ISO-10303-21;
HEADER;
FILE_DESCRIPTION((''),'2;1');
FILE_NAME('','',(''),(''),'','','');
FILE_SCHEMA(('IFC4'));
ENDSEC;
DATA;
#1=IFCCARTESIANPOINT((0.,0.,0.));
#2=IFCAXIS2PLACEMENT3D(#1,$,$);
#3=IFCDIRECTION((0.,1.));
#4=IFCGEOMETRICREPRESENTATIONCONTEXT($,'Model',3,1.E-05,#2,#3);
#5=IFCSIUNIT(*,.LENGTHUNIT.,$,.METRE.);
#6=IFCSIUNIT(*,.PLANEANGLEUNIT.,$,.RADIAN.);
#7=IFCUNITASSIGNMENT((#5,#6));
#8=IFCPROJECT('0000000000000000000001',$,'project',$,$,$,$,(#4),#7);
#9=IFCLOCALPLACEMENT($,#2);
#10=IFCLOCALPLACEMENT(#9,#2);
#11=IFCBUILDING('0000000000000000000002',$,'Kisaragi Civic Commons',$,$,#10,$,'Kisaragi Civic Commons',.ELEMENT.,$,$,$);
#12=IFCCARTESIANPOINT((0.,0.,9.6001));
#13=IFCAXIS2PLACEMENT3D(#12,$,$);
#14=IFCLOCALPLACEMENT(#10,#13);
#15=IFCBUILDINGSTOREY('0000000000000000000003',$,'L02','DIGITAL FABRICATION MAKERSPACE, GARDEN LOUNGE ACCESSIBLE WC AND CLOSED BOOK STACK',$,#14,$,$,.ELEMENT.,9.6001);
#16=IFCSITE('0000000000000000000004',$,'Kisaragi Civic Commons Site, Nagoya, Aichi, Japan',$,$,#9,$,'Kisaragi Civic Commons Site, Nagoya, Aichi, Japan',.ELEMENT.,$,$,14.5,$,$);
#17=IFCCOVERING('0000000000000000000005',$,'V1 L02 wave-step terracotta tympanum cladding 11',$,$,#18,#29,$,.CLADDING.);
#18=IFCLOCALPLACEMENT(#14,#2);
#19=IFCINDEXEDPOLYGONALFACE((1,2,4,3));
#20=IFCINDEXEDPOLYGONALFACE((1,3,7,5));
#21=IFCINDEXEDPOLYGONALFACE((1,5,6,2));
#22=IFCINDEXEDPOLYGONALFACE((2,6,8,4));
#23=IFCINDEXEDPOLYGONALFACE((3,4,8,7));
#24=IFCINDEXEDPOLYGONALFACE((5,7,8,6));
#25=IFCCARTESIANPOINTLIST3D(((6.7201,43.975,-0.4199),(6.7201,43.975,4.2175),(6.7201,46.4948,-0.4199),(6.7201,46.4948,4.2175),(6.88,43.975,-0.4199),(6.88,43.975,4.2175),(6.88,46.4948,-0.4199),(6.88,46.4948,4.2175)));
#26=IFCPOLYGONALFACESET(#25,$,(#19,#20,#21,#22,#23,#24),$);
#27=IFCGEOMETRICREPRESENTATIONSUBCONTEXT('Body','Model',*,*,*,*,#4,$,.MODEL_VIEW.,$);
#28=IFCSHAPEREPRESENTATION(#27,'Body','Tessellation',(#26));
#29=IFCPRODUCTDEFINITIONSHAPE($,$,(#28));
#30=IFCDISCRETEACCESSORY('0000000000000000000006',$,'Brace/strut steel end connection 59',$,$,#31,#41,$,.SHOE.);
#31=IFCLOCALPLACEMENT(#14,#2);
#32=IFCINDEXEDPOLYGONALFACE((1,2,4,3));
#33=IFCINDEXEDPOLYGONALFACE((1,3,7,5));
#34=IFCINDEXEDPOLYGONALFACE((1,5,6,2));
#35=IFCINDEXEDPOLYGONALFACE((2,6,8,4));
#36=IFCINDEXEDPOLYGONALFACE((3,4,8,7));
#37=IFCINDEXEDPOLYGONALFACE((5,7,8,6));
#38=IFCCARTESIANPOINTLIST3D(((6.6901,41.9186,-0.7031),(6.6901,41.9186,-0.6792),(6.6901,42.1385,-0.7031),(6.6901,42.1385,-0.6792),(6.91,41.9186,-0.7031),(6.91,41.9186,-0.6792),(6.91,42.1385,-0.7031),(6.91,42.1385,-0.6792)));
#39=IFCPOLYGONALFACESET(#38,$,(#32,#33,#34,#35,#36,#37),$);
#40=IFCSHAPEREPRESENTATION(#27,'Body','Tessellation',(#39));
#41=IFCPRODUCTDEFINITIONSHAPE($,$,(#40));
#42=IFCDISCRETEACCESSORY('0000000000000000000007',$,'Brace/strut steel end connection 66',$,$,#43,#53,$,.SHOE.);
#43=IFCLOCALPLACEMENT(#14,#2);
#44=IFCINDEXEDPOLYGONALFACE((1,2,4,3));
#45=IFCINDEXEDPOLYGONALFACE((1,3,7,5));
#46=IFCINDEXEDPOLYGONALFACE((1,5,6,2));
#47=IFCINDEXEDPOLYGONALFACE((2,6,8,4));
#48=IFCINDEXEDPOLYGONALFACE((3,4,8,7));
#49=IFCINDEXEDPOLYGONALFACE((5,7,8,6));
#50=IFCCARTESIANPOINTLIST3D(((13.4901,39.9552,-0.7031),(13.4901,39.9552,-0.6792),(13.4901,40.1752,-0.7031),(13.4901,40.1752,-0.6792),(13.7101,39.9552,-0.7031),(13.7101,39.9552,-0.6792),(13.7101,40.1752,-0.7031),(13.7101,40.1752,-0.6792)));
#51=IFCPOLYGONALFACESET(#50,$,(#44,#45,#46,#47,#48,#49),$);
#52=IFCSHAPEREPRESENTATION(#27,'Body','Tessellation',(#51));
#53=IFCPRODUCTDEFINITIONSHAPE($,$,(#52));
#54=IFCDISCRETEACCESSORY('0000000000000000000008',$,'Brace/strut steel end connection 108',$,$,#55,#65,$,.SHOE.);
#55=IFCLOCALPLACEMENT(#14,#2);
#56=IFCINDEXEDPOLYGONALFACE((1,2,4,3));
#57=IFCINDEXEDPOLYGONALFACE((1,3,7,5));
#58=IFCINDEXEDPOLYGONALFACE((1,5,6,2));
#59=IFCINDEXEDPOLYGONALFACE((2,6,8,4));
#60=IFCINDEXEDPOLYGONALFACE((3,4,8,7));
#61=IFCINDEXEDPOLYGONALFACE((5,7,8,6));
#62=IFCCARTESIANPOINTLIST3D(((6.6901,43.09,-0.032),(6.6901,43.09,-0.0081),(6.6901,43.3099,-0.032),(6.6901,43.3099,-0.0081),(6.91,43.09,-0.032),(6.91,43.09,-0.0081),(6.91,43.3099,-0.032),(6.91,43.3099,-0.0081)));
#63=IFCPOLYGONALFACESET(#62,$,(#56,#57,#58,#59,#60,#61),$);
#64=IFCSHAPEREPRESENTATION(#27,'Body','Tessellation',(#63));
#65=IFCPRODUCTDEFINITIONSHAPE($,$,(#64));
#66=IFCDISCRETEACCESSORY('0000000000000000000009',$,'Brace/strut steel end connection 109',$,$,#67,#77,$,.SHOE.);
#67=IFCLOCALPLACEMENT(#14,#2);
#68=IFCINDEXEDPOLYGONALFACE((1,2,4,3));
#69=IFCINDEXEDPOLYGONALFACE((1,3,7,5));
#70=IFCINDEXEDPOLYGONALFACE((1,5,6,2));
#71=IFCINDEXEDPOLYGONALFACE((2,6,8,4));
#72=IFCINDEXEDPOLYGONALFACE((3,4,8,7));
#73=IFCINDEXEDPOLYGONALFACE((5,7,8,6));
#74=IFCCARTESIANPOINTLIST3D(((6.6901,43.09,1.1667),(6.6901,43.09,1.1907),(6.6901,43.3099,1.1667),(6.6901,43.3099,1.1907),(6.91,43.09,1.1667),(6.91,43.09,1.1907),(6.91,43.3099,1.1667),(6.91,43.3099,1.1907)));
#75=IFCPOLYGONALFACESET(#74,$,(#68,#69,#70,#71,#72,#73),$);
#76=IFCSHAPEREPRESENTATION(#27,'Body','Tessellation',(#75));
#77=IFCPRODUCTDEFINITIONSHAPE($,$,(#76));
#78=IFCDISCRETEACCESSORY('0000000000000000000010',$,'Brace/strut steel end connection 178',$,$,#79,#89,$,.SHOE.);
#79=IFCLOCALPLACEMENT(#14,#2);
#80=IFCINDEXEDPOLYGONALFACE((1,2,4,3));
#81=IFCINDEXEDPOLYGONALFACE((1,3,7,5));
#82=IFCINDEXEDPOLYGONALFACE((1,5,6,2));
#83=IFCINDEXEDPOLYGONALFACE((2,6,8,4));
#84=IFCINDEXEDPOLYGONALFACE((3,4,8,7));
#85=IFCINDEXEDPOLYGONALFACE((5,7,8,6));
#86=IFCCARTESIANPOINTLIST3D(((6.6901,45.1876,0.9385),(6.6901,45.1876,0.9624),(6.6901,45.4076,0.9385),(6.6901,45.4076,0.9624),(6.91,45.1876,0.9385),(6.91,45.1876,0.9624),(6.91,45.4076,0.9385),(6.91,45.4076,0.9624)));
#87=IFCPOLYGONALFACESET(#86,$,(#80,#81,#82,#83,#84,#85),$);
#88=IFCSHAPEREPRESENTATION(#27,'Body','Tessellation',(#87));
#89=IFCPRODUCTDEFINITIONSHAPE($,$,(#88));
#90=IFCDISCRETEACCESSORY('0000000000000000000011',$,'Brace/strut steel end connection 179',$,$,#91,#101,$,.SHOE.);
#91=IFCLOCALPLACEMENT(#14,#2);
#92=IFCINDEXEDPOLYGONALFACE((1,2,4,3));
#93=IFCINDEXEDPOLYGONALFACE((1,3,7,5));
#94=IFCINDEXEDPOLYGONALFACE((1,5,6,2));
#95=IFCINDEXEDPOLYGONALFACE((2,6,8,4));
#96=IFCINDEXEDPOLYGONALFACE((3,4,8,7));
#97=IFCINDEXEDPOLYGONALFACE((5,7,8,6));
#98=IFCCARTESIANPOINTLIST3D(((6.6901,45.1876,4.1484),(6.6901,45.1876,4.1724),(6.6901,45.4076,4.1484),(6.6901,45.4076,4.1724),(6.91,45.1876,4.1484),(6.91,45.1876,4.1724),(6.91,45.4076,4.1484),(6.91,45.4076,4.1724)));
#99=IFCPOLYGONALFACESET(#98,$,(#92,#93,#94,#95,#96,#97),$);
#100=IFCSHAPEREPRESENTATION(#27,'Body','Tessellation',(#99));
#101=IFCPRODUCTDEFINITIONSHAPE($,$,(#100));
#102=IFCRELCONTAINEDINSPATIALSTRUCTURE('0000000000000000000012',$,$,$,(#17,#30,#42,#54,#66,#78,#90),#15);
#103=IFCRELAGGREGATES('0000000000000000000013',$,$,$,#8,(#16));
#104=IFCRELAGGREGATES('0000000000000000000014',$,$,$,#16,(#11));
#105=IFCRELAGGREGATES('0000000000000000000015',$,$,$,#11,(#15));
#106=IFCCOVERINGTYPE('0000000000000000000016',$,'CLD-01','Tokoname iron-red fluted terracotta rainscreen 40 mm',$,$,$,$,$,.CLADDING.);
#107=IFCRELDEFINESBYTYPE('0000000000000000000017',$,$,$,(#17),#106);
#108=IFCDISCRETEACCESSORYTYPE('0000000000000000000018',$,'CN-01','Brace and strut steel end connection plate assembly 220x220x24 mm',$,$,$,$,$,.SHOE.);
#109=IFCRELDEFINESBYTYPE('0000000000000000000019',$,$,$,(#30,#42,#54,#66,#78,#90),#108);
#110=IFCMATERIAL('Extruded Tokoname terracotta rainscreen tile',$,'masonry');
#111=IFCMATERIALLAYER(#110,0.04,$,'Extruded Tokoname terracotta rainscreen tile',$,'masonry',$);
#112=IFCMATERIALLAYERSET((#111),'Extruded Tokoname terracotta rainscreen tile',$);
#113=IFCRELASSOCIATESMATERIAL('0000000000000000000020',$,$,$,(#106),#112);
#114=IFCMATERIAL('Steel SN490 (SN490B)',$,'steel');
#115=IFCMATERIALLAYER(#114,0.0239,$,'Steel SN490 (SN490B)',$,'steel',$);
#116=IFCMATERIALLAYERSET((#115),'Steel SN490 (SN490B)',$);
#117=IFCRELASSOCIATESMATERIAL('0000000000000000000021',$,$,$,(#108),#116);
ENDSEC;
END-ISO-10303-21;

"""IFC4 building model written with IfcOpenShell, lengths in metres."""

from ifc_helpers import new_model, si_unit, direction, frame, origin, origin_2d, place, context, subcontext, project, spatial, rectangle, extrude, material, layer, layer_set, type_object, element, save


model = new_model("IFC4")

# Units and contexts
model_context = context("Model", 3, precision=1e-05, world=origin(), true_north=direction((0.0, 1.0)))
body_context = subcontext(model_context, "Body", "Model", "MODEL_VIEW")
ifc_project = project(units=[si_unit("LENGTHUNIT", "METRE"), si_unit("PLANEANGLEUNIT", "RADIAN")], contexts=[model_context])

# Site, building, storey
site_placement = place(None, origin())
site = spatial("IfcSite", under=ifc_project, at=site_placement, Name="Kisaragi Civic Commons Site, Nagoya, Aichi, Japan", LongName="Kisaragi Civic Commons Site, Nagoya, Aichi, Japan", CompositionType="ELEMENT", RefElevation=14.5)
building_placement = place(site_placement, origin())
building = spatial("IfcBuilding", under=site, at=building_placement, Name="Kisaragi Civic Commons", LongName="Kisaragi Civic Commons", CompositionType="ELEMENT")
storey_placement = place(building_placement, frame((0.0, 0.0, 9.6001)))
storey = spatial("IfcBuildingStorey", under=building, at=storey_placement, Name="L02", Description="DIGITAL FABRICATION MAKERSPACE, GARDEN LOUNGE ACCESSIBLE WC AND CLOSED BOOK STACK", CompositionType="ELEMENT", Elevation=9.6001)

# Shared definitions
ifc_material_1 = material(Name="Steel SN490 (SN490B)", Category="steel")

# Covering
ifc_material_2 = material(Name="Extruded Tokoname terracotta rainscreen tile", Category="masonry")
ifc_layer_1 = layer(ifc_material_2, 0.04, Name="Extruded Tokoname terracotta rainscreen tile", Category="masonry")
ifc_layer_set_1 = layer_set([ifc_layer_1], Name="Extruded Tokoname terracotta rainscreen tile")
covering_type = type_object("IfcCoveringType", Name="CLD-01", Description="Tokoname iron-red fluted terracotta rainscreen 40 mm", PredefinedType="CLADDING", material=ifc_layer_set_1)
covering_1_placement = place(storey_placement, frame((6.8, 45.2349, -0.4199), z_axis=(0.0, 0.0, 1.0), x_axis=(0.0, 1.0, 0.0)))
element("IfcCovering", 1, at=covering_1_placement, inside=storey, type_object=covering_type, Name="V1 L02 wave-step terracotta tympanum cladding 11", PredefinedType="CLADDING", context=body_context, shape_type="SweptSolid", body=[
    extrude(rectangle(XDim=2.5198, YDim=0.1599, at=origin_2d()), origin(), (0.0, 0.0, 1.0), 4.6375),
])

# Discrete accessories
ifc_layer_2 = layer(ifc_material_1, 0.0239, Name="Steel SN490 (SN490B)", Category="steel")
ifc_layer_set_2 = layer_set([ifc_layer_2], Name="Steel SN490 (SN490B)")
discrete_accessory_type = type_object("IfcDiscreteAccessoryType", Name="CN-01", Description="Brace and strut steel end connection plate assembly 220x220x24 mm", PredefinedType="SHOE", material=ifc_layer_set_2)
for number, where, z_axis, x_axis, name in (
    (2, (6.8, 42.0286, -0.7031), (0.0, 0.0, 1.0), (1.0, 0.0, 0.0), "Brace/strut steel end connection 59"),
    (3, (13.6001, 40.0652, -0.7031), (0.0, 0.0, 1.0), (1.0, 0.0, 0.0), "Brace/strut steel end connection 66"),
    (4, (6.8, 43.2, -0.032), (0.0, 0.0, 1.0), (1.0, 0.0, 0.0), "Brace/strut steel end connection 108"),
    (5, (6.8, 43.2, 1.1667), (0.0, 0.0, 1.0), (1.0, 0.0, 0.0), "Brace/strut steel end connection 109"),
    (6, (6.8, 45.2976, 0.9385), (0.0, 0.0, 1.0), (1.0, 0.0, 0.0), "Brace/strut steel end connection 178"),
    (7, (6.8, 45.2976, 4.1484), (0.0, 0.0, 1.0), (1.0, 0.0, 0.0), "Brace/strut steel end connection 179"),
):
    element("IfcDiscreteAccessory", number, at=place(storey_placement, frame(where, z_axis=z_axis, x_axis=x_axis)), inside=storey, type_object=discrete_accessory_type, Name=name, PredefinedType="SHOE", context=body_context, shape_type="SweptSolid", body=[
        extrude(rectangle(XDim=0.22, YDim=0.22, at=origin_2d()), origin(), (0.0, 0.0, 1.0), 0.0239),
    ])

save(model, "model.ifc")
